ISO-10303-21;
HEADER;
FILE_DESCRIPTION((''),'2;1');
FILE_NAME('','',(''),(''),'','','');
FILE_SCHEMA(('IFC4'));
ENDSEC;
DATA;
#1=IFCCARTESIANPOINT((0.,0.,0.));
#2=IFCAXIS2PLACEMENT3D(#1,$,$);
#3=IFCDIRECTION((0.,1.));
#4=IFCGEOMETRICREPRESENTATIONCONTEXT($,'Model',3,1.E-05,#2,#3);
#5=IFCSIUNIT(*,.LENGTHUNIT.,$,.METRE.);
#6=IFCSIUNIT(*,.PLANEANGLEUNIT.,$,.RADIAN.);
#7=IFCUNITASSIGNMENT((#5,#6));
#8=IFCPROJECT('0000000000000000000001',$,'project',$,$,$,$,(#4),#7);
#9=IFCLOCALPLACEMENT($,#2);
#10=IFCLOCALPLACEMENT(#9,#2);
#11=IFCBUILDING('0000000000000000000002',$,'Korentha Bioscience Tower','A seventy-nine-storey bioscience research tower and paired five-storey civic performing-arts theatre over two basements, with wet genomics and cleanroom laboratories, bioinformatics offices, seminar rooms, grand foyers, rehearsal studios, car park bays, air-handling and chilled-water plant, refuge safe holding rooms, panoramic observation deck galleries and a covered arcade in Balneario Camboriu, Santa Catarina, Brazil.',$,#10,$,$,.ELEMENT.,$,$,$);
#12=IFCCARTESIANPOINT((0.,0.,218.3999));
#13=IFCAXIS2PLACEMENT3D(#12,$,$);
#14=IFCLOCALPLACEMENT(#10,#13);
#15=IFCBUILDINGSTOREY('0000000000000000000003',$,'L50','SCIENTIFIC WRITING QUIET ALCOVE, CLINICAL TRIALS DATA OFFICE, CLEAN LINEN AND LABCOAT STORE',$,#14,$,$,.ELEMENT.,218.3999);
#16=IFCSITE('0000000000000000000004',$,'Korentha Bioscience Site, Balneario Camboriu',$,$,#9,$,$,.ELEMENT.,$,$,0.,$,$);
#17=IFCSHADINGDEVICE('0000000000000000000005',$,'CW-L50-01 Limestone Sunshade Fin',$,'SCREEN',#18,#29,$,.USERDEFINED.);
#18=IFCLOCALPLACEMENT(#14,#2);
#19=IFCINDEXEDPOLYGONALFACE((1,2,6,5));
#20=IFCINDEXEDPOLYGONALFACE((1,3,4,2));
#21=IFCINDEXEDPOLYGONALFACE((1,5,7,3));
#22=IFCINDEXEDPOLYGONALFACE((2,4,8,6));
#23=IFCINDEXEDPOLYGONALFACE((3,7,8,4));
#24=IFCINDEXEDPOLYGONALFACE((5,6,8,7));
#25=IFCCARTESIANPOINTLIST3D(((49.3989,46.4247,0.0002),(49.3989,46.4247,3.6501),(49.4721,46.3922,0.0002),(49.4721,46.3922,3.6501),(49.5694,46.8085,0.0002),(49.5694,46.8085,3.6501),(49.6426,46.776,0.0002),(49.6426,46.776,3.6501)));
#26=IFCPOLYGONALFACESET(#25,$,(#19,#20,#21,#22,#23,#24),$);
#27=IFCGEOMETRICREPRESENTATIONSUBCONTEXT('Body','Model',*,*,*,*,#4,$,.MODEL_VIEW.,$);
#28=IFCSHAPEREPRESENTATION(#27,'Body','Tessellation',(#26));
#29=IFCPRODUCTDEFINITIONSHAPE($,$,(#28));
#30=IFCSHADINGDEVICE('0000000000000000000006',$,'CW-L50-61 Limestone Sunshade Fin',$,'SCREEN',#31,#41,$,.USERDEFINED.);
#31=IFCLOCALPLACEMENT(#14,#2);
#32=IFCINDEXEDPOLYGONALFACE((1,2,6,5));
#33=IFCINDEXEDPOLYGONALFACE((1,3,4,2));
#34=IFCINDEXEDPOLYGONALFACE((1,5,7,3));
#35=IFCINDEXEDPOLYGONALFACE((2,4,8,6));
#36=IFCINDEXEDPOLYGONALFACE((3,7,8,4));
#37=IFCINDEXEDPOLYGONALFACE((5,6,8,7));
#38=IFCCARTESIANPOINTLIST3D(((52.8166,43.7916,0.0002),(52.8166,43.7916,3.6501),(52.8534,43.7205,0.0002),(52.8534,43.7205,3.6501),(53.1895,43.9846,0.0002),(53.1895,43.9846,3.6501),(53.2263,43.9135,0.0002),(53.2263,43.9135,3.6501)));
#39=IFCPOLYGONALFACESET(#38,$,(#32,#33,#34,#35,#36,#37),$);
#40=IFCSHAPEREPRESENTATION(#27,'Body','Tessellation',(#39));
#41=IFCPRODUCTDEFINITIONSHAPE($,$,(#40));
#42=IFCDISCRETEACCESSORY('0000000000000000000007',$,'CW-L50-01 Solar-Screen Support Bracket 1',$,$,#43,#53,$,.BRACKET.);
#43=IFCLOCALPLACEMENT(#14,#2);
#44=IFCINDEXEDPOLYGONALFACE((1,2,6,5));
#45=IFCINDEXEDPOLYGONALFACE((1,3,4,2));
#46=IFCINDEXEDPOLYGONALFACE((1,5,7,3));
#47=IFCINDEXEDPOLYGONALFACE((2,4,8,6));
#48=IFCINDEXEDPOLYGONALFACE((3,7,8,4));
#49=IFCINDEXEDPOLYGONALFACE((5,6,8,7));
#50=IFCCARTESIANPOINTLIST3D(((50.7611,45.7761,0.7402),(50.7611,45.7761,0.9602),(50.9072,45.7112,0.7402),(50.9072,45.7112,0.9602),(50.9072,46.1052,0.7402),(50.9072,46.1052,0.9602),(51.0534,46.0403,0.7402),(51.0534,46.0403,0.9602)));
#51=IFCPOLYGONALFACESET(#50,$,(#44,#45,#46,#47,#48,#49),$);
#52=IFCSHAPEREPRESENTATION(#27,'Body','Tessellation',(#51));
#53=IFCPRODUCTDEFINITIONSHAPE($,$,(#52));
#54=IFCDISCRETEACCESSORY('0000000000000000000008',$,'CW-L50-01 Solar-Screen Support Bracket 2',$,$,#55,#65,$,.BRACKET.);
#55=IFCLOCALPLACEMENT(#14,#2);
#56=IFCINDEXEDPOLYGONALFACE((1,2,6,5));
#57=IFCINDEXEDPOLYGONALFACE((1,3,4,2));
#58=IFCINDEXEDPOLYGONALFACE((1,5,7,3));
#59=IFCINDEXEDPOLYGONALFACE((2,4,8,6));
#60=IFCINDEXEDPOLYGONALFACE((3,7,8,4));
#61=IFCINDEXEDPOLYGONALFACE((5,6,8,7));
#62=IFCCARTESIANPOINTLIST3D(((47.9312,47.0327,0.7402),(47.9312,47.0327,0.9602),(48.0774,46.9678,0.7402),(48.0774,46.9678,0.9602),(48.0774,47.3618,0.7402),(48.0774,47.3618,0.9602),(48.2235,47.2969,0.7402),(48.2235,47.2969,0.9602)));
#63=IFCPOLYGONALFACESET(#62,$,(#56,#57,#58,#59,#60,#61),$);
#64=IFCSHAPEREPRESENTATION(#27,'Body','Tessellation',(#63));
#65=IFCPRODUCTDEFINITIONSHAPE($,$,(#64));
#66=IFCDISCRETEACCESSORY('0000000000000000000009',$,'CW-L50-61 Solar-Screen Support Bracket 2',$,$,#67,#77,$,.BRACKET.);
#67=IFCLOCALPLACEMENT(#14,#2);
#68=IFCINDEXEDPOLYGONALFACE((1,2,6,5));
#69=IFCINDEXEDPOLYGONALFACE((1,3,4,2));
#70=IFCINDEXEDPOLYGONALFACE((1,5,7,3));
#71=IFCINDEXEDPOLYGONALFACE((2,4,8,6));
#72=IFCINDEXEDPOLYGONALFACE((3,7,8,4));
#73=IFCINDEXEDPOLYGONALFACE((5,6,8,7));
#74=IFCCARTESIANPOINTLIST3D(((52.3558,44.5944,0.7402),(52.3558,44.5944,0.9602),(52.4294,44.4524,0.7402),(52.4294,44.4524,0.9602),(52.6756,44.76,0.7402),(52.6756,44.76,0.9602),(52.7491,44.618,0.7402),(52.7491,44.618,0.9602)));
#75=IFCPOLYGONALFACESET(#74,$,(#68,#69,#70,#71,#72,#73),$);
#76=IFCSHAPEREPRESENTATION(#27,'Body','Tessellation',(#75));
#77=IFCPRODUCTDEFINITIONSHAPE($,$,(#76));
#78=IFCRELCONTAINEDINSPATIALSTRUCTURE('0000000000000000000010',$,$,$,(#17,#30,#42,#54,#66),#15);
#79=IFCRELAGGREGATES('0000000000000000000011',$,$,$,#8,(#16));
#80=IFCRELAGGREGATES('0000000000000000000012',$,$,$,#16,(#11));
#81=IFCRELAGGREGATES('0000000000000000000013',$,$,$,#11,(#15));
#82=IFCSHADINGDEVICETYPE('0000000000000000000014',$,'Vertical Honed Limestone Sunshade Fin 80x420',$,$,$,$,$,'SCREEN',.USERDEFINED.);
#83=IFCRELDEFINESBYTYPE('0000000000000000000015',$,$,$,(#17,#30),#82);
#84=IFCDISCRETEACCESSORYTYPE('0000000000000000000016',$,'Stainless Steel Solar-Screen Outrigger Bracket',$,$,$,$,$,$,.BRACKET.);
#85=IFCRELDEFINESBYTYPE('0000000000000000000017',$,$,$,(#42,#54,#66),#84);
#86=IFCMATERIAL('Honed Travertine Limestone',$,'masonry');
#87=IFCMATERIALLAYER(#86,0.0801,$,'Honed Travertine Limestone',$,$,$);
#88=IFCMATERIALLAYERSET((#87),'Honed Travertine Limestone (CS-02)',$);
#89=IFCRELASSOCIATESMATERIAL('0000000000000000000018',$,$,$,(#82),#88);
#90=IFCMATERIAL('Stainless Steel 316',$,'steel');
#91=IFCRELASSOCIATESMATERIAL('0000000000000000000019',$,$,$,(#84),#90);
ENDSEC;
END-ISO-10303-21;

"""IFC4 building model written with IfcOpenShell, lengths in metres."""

from ifc_helpers import new_model, si_unit, direction, frame, origin, origin_2d, place, context, subcontext, project, spatial, rectangle, extrude, material, layer, layer_set, type_object, element, save


model = new_model("IFC4")

# Units and contexts
model_context = context("Model", 3, precision=1e-05, world=origin(), true_north=direction((0.0, 1.0)))
body_context = subcontext(model_context, "Body", "Model", "MODEL_VIEW")
ifc_project = project(units=[si_unit("LENGTHUNIT", "METRE"), si_unit("PLANEANGLEUNIT", "RADIAN")], contexts=[model_context])

# Site, building, storey
site_placement = place(None, origin())
site = spatial("IfcSite", under=ifc_project, at=site_placement, Name="Korentha Bioscience Site, Balneario Camboriu", CompositionType="ELEMENT", RefElevation=0.0)
building_placement = place(site_placement, origin())
building = spatial("IfcBuilding", under=site, at=building_placement, Name="Korentha Bioscience Tower", Description="A seventy-nine-storey bioscience research tower and paired five-storey civic performing-arts theatre over two basements, with wet genomics and cleanroom laboratories, bioinformatics offices, seminar rooms, grand foyers, rehearsal studios, car park bays, air-handling and chilled-water plant, refuge safe holding rooms, panoramic observation deck galleries and a covered arcade in Balneario Camboriu, Santa Catarina, Brazil.", CompositionType="ELEMENT")
storey_placement = place(building_placement, frame((0.0, 0.0, 218.3999)))
storey = spatial("IfcBuildingStorey", under=building, at=storey_placement, Name="L50", Description="SCIENTIFIC WRITING QUIET ALCOVE, CLINICAL TRIALS DATA OFFICE, CLEAN LINEN AND LABCOAT STORE", CompositionType="ELEMENT", Elevation=218.3999)

# Shading devices
ifc_material_1 = material(Name="Honed Travertine Limestone", Category="masonry")
ifc_layer_1 = layer(ifc_material_1, 0.0801, Name="Honed Travertine Limestone")
ifc_layer_set_1 = layer_set([ifc_layer_1], Name="Honed Travertine Limestone (CS-02)")
shading_device_type_1 = type_object("IfcShadingDeviceType", Name="Vertical Honed Limestone Sunshade Fin 80x420", ElementType="SCREEN", PredefinedType="USERDEFINED", material=ifc_layer_set_1)
for number, where, z_axis, x_axis, name in (
    (1, (49.5208, 46.6003, 0.0002), (0.0, 0.0, 1.0), (-0.913944, 0.40584, 0.0), "CW-L50-01 Limestone Sunshade Fin"),
    (2, (53.0215, 43.8525, 0.0002), (0.0, 0.0, 1.0), (-0.459738, 0.888055, 0.0), "CW-L50-61 Limestone Sunshade Fin"),
):
    element("IfcShadingDevice", number, at=place(storey_placement, frame(where, z_axis=z_axis, x_axis=x_axis)), inside=storey, type_object=shading_device_type_1, Name=name, ObjectType="SCREEN", PredefinedType="USERDEFINED", context=body_context, shape_type="SweptSolid", body=[
        extrude(rectangle(XDim=0.0801, YDim=0.4199, at=origin_2d()), origin(), (0.0, 0.0, 1.0), 3.6499),
    ])

# Discrete accessories
ifc_material_2 = material(Name="Stainless Steel 316", Category="steel")
discrete_accessory_type = type_object("IfcDiscreteAccessoryType", Name="Stainless Steel Solar-Screen Outrigger Bracket", PredefinedType="BRACKET", material=ifc_material_2)
for number, where, z_axis, x_axis, name in (
    (3, (50.9072, 45.9082, 0.7402), (0.0, 0.0, 1.0), (-0.913944, 0.40584, 0.0), "CW-L50-01 Solar-Screen Support Bracket 1"),
    (4, (48.0774, 47.1648, 0.7402), (0.0, 0.0, 1.0), (-0.913944, 0.40584, 0.0), "CW-L50-01 Solar-Screen Support Bracket 2"),
    (5, (52.5525, 44.6062, 0.7402), (0.0, 0.0, 1.0), (-0.459738, 0.888055, 0.0), "CW-L50-61 Solar-Screen Support Bracket 2"),
):
    element("IfcDiscreteAccessory", number, at=place(storey_placement, frame(where, z_axis=z_axis, x_axis=x_axis)), inside=storey, type_object=discrete_accessory_type, Name=name, PredefinedType="BRACKET", context=body_context, shape_type="SweptSolid", body=[
        extrude(rectangle(XDim=0.1599, YDim=0.3601, at=origin_2d()), origin(), (0.0, 0.0, 1.0), 0.22),
    ])

save(model, "model.ifc")
